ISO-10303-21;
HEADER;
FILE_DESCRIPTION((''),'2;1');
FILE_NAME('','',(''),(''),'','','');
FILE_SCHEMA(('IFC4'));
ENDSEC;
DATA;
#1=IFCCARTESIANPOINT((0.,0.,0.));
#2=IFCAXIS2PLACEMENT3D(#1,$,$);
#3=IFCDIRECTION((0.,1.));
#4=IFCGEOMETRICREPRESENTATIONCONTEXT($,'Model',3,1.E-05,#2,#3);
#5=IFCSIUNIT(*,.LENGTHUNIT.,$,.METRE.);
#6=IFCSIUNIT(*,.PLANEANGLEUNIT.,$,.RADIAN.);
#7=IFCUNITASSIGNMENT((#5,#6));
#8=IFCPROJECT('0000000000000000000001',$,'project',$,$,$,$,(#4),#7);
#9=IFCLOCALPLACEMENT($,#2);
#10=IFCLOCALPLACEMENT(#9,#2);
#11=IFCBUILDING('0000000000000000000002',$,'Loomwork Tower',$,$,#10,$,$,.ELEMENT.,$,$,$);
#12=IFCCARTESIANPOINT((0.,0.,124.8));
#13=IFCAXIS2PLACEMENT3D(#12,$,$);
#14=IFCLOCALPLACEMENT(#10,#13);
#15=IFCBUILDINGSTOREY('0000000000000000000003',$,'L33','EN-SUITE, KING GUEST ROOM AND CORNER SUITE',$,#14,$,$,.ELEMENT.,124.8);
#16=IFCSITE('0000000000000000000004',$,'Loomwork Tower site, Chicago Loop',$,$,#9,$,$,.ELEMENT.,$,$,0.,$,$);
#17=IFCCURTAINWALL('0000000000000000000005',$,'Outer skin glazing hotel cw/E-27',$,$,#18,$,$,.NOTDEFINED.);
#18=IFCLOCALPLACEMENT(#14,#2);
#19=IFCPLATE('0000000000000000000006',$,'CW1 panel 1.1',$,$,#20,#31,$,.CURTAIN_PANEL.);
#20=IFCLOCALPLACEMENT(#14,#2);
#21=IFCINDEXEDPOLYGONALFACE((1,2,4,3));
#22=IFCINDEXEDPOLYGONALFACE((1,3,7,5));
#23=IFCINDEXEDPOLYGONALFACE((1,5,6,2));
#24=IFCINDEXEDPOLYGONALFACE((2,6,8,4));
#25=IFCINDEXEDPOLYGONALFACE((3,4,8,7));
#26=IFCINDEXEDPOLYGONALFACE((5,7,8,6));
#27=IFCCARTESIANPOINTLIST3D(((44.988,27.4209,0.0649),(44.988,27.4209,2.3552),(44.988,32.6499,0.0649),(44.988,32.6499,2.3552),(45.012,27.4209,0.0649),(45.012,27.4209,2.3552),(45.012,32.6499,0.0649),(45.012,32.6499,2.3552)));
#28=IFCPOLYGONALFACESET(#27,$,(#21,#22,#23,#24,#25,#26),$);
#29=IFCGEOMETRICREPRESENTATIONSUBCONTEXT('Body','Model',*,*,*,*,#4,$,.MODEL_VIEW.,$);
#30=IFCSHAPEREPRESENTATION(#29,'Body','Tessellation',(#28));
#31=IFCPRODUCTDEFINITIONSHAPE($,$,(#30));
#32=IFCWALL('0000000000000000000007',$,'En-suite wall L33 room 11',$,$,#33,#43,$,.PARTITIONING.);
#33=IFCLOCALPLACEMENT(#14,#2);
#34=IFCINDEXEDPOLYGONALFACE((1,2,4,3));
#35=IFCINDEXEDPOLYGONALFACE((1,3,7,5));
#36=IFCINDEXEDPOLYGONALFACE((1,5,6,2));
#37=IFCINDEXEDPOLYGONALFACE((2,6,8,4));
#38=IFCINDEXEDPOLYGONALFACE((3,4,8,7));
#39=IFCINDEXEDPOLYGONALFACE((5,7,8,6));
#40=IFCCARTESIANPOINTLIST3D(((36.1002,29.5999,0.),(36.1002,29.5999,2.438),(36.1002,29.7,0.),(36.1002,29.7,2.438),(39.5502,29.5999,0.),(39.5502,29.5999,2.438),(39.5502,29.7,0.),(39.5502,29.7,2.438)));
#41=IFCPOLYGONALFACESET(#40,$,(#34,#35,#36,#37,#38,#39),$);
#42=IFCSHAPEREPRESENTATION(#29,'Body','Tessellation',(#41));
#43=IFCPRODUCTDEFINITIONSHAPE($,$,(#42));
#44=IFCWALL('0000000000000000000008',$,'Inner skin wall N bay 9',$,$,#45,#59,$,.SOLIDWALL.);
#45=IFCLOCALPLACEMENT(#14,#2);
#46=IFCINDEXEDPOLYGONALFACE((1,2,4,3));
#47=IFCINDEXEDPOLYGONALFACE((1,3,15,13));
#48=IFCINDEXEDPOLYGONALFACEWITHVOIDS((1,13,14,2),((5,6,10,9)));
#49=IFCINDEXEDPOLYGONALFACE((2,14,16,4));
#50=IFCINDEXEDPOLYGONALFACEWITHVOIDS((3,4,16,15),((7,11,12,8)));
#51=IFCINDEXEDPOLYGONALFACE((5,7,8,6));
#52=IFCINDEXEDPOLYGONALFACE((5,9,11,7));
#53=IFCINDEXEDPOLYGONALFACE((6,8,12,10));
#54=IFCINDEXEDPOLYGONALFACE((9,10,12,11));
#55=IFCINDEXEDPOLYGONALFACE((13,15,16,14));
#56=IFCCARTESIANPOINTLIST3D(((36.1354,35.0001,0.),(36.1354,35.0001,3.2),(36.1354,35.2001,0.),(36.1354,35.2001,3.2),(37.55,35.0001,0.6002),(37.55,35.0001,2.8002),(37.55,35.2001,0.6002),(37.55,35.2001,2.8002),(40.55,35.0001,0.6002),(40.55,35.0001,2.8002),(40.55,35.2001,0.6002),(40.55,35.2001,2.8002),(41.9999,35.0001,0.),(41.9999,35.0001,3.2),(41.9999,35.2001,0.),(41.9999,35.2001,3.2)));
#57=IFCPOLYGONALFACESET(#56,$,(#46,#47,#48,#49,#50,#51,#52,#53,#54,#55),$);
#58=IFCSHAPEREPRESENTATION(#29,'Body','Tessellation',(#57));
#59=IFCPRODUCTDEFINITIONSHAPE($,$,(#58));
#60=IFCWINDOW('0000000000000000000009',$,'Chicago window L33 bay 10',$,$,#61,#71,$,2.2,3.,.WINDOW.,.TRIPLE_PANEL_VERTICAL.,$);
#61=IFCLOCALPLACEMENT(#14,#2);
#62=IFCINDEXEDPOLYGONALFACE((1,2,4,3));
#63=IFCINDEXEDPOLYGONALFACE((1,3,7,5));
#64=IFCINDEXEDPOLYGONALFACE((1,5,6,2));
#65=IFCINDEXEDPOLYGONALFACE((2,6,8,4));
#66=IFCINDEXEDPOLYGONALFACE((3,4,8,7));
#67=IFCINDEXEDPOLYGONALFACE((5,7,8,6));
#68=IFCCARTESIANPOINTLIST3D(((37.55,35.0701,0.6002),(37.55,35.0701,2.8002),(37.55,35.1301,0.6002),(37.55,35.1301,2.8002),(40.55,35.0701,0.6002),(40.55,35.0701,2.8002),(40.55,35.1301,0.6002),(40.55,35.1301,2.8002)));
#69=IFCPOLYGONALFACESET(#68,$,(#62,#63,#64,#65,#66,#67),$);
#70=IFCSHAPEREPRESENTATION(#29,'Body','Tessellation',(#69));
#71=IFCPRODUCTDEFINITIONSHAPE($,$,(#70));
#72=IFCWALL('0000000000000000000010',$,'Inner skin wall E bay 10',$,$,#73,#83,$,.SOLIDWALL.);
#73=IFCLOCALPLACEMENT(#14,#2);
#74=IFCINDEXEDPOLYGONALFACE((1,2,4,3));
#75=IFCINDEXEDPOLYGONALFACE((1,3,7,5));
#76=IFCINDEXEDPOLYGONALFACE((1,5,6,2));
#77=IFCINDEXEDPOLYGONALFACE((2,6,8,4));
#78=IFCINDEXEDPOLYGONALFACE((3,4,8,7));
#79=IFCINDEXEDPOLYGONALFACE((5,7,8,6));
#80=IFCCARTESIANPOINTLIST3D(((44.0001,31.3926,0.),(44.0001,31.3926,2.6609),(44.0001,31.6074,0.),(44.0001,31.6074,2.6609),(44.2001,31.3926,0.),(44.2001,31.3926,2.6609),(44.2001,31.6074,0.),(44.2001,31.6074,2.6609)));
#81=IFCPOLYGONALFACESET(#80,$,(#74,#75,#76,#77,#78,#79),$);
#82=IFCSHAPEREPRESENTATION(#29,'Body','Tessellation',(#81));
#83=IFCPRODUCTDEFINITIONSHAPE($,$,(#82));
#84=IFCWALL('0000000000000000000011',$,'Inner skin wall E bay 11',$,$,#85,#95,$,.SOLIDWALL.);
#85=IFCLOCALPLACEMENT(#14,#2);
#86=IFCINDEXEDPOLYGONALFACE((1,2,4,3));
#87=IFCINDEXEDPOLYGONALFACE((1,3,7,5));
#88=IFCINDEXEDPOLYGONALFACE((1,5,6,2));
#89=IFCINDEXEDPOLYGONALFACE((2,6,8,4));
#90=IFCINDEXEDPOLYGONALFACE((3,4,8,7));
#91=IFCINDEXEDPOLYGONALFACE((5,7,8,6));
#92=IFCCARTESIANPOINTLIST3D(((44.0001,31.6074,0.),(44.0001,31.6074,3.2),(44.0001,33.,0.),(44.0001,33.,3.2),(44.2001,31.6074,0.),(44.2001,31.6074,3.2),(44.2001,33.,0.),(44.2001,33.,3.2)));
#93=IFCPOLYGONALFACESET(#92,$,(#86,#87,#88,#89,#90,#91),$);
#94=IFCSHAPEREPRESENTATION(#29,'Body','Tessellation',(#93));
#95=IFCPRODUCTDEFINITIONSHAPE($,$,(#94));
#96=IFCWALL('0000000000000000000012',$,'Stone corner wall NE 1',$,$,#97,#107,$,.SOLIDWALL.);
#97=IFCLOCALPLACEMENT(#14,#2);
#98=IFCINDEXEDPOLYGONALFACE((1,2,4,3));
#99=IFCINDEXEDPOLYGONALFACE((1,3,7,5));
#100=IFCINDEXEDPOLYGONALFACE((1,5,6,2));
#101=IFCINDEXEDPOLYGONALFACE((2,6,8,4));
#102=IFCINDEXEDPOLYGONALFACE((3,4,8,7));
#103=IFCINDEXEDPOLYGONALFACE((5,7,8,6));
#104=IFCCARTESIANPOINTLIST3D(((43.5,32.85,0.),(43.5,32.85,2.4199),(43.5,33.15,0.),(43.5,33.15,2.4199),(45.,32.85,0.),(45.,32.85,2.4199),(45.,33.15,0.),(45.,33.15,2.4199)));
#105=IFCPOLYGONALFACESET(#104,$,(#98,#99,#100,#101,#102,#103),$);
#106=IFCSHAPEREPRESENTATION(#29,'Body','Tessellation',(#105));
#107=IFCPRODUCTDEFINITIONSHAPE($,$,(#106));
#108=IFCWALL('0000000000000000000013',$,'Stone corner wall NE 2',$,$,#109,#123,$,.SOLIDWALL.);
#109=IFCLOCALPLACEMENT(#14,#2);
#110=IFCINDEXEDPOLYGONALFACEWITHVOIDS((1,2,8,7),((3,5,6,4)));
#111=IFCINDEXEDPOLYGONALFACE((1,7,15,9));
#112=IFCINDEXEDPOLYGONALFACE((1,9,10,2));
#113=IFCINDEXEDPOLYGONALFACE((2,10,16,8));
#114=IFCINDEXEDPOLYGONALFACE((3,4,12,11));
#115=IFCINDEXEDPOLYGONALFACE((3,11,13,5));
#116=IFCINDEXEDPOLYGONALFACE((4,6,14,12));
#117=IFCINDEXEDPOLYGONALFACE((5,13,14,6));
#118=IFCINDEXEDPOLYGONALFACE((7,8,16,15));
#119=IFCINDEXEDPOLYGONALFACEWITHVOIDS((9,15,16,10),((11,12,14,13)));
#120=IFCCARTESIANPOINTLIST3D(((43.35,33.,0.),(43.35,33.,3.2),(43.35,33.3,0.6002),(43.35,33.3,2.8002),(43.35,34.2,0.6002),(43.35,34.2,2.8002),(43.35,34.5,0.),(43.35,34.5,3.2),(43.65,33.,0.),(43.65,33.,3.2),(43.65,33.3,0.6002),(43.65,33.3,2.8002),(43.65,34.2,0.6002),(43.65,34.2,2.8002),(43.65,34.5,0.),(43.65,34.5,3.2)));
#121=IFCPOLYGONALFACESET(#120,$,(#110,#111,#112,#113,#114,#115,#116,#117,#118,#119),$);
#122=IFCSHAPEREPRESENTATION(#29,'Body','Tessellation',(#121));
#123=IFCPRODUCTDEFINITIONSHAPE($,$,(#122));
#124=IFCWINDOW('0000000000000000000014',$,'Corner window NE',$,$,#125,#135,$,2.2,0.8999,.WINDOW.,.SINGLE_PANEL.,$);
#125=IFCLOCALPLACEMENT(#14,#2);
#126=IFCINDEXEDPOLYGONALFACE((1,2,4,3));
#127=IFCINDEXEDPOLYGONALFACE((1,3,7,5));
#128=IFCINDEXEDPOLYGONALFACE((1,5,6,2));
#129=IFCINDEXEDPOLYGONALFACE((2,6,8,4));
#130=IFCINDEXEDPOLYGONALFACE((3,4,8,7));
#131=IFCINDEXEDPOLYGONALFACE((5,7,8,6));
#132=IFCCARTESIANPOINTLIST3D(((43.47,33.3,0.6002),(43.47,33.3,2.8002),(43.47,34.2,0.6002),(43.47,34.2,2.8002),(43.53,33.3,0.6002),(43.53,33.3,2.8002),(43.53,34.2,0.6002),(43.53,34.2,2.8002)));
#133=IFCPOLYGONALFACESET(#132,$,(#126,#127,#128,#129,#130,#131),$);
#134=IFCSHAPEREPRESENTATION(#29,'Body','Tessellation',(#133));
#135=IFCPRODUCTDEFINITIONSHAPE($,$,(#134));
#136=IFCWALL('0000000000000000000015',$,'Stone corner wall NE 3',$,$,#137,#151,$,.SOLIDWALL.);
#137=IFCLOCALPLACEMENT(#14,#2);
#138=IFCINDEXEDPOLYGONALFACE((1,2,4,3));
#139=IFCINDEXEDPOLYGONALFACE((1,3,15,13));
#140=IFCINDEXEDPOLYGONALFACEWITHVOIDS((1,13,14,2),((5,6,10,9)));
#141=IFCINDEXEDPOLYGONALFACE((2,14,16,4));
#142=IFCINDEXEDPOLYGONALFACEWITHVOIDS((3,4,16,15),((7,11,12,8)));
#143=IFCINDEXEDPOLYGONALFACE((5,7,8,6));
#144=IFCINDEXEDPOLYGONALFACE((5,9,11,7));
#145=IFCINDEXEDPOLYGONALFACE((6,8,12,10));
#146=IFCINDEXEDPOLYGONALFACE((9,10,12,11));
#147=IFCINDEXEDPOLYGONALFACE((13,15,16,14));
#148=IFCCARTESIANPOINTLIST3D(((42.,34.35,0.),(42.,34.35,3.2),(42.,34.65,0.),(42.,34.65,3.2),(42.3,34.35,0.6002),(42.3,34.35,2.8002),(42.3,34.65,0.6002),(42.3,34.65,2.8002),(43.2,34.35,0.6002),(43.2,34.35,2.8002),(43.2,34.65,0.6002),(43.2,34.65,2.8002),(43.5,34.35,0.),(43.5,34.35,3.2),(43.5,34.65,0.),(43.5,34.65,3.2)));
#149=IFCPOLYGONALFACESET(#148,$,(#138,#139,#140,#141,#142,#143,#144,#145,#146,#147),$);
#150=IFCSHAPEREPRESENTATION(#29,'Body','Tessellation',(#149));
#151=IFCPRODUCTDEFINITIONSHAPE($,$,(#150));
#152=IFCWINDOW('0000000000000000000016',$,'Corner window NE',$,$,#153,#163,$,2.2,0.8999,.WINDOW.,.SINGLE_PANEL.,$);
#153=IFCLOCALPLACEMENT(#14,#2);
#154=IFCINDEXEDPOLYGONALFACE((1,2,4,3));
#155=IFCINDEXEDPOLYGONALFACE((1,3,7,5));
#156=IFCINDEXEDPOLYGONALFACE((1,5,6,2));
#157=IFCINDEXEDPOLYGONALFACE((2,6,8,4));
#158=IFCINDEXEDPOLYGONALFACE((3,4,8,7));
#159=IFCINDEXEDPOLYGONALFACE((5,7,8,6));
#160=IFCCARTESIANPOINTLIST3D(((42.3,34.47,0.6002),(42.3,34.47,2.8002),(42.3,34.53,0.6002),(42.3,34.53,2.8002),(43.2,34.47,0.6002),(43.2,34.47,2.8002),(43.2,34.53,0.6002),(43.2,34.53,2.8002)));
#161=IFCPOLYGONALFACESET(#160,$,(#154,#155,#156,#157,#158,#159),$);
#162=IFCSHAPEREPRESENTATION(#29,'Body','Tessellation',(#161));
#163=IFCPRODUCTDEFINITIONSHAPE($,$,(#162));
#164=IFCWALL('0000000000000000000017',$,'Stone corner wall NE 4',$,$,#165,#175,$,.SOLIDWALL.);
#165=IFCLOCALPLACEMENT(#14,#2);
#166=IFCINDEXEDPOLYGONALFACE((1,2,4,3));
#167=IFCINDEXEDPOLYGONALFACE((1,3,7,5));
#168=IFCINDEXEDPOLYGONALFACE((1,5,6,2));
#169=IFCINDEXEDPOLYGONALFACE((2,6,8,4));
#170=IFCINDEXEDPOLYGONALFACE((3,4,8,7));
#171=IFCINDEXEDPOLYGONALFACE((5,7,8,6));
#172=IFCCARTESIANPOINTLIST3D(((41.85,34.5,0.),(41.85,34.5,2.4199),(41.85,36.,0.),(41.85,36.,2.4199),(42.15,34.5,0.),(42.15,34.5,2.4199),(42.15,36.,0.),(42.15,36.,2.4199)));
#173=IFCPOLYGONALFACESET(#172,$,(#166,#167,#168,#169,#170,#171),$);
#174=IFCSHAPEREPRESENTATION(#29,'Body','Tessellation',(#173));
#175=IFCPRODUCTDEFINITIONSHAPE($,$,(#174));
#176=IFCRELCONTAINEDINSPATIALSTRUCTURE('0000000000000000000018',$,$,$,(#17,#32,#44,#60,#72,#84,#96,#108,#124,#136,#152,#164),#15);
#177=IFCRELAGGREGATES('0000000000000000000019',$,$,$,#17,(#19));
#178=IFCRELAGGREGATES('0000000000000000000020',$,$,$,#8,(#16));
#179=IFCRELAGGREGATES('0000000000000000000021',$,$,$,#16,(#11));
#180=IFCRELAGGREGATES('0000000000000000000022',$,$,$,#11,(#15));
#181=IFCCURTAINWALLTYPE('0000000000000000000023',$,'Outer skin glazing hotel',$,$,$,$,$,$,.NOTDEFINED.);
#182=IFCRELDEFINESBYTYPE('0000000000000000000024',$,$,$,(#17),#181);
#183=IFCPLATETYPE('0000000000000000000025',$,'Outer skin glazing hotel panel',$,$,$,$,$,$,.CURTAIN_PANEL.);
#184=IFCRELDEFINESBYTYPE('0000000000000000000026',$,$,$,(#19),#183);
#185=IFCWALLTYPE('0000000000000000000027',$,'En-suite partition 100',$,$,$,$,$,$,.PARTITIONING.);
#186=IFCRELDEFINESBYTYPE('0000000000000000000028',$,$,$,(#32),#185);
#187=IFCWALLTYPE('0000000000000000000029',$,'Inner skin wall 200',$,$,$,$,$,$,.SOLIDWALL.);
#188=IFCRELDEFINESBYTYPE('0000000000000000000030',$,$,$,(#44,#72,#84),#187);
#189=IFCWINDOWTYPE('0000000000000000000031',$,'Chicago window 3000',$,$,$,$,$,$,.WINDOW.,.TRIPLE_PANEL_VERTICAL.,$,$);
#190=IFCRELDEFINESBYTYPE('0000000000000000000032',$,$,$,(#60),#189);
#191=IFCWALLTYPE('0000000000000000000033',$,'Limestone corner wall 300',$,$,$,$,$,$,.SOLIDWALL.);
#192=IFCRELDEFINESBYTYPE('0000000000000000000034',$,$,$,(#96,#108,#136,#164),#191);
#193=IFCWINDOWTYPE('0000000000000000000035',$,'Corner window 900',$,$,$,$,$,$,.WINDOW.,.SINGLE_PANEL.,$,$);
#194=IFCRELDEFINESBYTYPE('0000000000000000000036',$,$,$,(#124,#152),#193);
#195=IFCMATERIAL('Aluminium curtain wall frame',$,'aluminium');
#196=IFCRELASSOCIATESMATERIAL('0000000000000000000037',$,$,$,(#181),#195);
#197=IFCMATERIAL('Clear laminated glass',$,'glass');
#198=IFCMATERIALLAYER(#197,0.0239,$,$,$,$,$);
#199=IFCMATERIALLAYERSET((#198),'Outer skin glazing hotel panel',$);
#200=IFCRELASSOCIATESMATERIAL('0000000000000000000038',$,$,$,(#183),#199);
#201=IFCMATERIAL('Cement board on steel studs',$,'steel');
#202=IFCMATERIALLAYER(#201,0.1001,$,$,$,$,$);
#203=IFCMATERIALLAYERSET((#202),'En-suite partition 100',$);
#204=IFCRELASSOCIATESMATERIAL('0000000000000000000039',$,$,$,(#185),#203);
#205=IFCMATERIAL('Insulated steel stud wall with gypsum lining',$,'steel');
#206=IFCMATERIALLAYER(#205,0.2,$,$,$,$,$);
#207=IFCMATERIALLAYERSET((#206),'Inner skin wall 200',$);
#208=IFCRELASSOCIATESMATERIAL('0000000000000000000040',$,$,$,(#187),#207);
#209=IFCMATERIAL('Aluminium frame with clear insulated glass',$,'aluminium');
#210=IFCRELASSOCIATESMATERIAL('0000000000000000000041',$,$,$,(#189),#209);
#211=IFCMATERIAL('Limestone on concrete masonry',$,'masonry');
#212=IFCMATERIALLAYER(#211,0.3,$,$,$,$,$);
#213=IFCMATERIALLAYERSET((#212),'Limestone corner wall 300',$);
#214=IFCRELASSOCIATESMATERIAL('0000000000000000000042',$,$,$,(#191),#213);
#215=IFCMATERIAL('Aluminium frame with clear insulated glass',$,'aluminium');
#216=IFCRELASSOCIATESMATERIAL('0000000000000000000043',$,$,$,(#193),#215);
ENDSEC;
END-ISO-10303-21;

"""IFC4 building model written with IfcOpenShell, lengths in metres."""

from ifc_helpers import new_model, si_unit, direction, frame, frame_2d, origin, origin_2d, place, context, subcontext, project, spatial, rectangle, extrude, material, layer, layer_set, type_object, element, fill, aggregate, save


model = new_model("IFC4")

# Units and contexts
model_context = context("Model", 3, precision=1e-05, world=origin(), true_north=direction((0.0, 1.0)))
body_context = subcontext(model_context, "Body", "Model", "MODEL_VIEW")
ifc_project = project(units=[si_unit("LENGTHUNIT", "METRE"), si_unit("PLANEANGLEUNIT", "RADIAN")], contexts=[model_context])

# Site, building, storey
site_placement = place(None, origin())
site = spatial("IfcSite", under=ifc_project, at=site_placement, Name="Loomwork Tower site, Chicago Loop", CompositionType="ELEMENT", RefElevation=0.0)
building_placement = place(site_placement, origin())
building = spatial("IfcBuilding", under=site, at=building_placement, Name="Loomwork Tower", CompositionType="ELEMENT")
storey_placement = place(building_placement, frame((0.0, 0.0, 124.8)))
storey = spatial("IfcBuildingStorey", under=building, at=storey_placement, Name="L33", Description="EN-SUITE, KING GUEST ROOM AND CORNER SUITE", CompositionType="ELEMENT", Elevation=124.8)

# Shared definitions
ifc_material_1 = material(Name="Aluminium curtain wall frame", Category="aluminium")
curtain_wall_type = type_object("IfcCurtainWallType", Name="Outer skin glazing hotel", PredefinedType="NOTDEFINED", material=ifc_material_1)

# Curtain wall
curtain_wall_1_placement = place(storey_placement, origin())
curtain_wall_1 = element("IfcCurtainWall", 1, at=curtain_wall_1_placement, inside=storey, type_object=curtain_wall_type, Name="Outer skin glazing hotel cw/E-27", PredefinedType="NOTDEFINED")

# Plate
ifc_material_2 = material(Name="Clear laminated glass", Category="glass")
ifc_layer_1 = layer(ifc_material_2, 0.0239)
ifc_layer_set_1 = layer_set([ifc_layer_1], Name="Outer skin glazing hotel panel")
plate_type = type_object("IfcPlateType", Name="Outer skin glazing hotel panel", PredefinedType="CURTAIN_PANEL", material=ifc_layer_set_1)
plate_1_placement = place(storey_placement, frame((45.0, 30.0354, 0.0649), z_axis=(0.0, 0.0, 1.0), x_axis=(0.0, 1.0, 0.0)))
plate_1 = element("IfcPlate", 2, at=plate_1_placement, type_object=plate_type, Name="CW1 panel 1.1", PredefinedType="CURTAIN_PANEL", context=body_context, shape_type="SweptSolid", body=[
    extrude(rectangle(XDim=5.229, YDim=0.0239, at=origin_2d()), origin(), (0.0, 0.0, 1.0), 2.2903),
])
aggregate(curtain_wall_1, [plate_1])

# Wall
ifc_material_3 = material(Name="Cement board on steel studs", Category="steel")
ifc_layer_2 = layer(ifc_material_3, 0.1001)
ifc_layer_set_2 = layer_set([ifc_layer_2], Name="En-suite partition 100")
wall_type_1 = type_object("IfcWallType", Name="En-suite partition 100", PredefinedType="PARTITIONING", material=ifc_layer_set_2)
wall_1_placement = place(storey_placement, frame((36.1001, 29.6499, 0.0), z_axis=(0.0, 0.0, 1.0), x_axis=(1.0, 0.0, 0.0)))
element("IfcWall", 3, at=wall_1_placement, inside=storey, type_object=wall_type_1, Name="En-suite wall L33 room 11", PredefinedType="PARTITIONING", context=body_context, shape_type="SweptSolid", body=[
    extrude(rectangle(XDim=3.45, YDim=0.1001, at=frame_2d((1.7251, 0.0))), origin(), (0.0, 0.0, 1.0), 2.438),
])

# Wall, opening, window
ifc_material_4 = material(Name="Insulated steel stud wall with gypsum lining", Category="steel")
ifc_layer_3 = layer(ifc_material_4, 0.2)
ifc_layer_set_3 = layer_set([ifc_layer_3], Name="Inner skin wall 200")
wall_type_2 = type_object("IfcWallType", Name="Inner skin wall 200", PredefinedType="SOLIDWALL", material=ifc_layer_set_3)
wall_2_placement = place(storey_placement, frame((36.1355, 35.1001, 0.0), z_axis=(0.0, 0.0, 1.0), x_axis=(1.0, 0.0, 0.0)))
wall_2 = element("IfcWall", 4, at=wall_2_placement, inside=storey, type_object=wall_type_2, Name="Inner skin wall N bay 9", PredefinedType="SOLIDWALL", context=body_context, shape_type="SweptSolid", body=[
    extrude(rectangle(XDim=5.8645, YDim=0.2, at=frame_2d((2.9321, 0.0))), origin(), (0.0, 0.0, 1.0), 3.2),
])
opening_1_placement = place(wall_2_placement, frame((1.4146, 0.0, 0.6001)))
opening_1 = element("IfcOpeningElement", 5, at=opening_1_placement, cuts=wall_2, PredefinedType="OPENING", context=body_context, shape_type="SweptSolid", body=[
    extrude(rectangle(XDim=3.0, YDim=2.2, at=frame_2d((1.5, 1.1001))), frame((0.0, 0.1099, 0.0), z_axis=(0.0, -1.0, 0.0), x_axis=(1.0, 0.0, 0.0)), (0.0, 0.0, 1.0), 0.22),
])
ifc_material_5 = material(Name="Aluminium frame with clear insulated glass", Category="aluminium")
window_type_1 = type_object("IfcWindowType", Name="Chicago window 3000", PartitioningType="TRIPLE_PANEL_VERTICAL", PredefinedType="WINDOW", material=ifc_material_5)
window_1_placement = place(opening_1_placement, origin())
window_1 = element("IfcWindow", 6, at=window_1_placement, inside=storey, type_object=window_type_1, Name="Chicago window L33 bay 10", OverallHeight=2.2, OverallWidth=3.0, PartitioningType="TRIPLE_PANEL_VERTICAL", PredefinedType="WINDOW", context=body_context, shape_type="SweptSolid", body=[
    extrude(rectangle(XDim=3.0, YDim=2.2, at=frame_2d((1.5, 1.1001))), frame((0.0, 0.03, 0.0), z_axis=(0.0, -1.0, 0.0), x_axis=(1.0, 0.0, 0.0)), (0.0, 0.0, 1.0), 0.0601),
])
fill(opening_1, window_1)

# Walls
wall_3_placement = place(storey_placement, frame((44.1001, 31.3926, 0.0), z_axis=(0.0, 0.0, 1.0), x_axis=(0.0, 1.0, 0.0)))
element("IfcWall", 7, at=wall_3_placement, inside=storey, type_object=wall_type_2, Name="Inner skin wall E bay 10", PredefinedType="SOLIDWALL", context=body_context, shape_type="SweptSolid", body=[
    extrude(rectangle(XDim=0.2148, YDim=0.2, at=frame_2d((0.1074, 0.0))), origin(), (0.0, 0.0, 1.0), 2.6609),
])
wall_4_placement = place(storey_placement, frame((44.1001, 31.6074, 0.0), z_axis=(0.0, 0.0, 1.0), x_axis=(0.0, 1.0, 0.0)))
element("IfcWall", 8, at=wall_4_placement, inside=storey, type_object=wall_type_2, Name="Inner skin wall E bay 11", PredefinedType="SOLIDWALL", context=body_context, shape_type="SweptSolid", body=[
    extrude(rectangle(XDim=1.3926, YDim=0.2, at=frame_2d((0.6963, 0.0))), origin(), (0.0, 0.0, 1.0), 3.2),
])
ifc_material_6 = material(Name="Limestone on concrete masonry", Category="masonry")
ifc_layer_4 = layer(ifc_material_6, 0.3)
ifc_layer_set_4 = layer_set([ifc_layer_4], Name="Limestone corner wall 300")
wall_type_3 = type_object("IfcWallType", Name="Limestone corner wall 300", PredefinedType="SOLIDWALL", material=ifc_layer_set_4)
wall_5_placement = place(storey_placement, frame((45.0, 33.0, 0.0), z_axis=(0.0, 0.0, 1.0), x_axis=(-1.0, 0.0, 0.0)))
element("IfcWall", 9, at=wall_5_placement, inside=storey, type_object=wall_type_3, Name="Stone corner wall NE 1", PredefinedType="SOLIDWALL", context=body_context, shape_type="SweptSolid", body=[
    extrude(rectangle(XDim=1.5, YDim=0.3, at=frame_2d((0.75, 0.0))), origin(), (0.0, 0.0, 1.0), 2.4199),
])

# Walls, openings, windows
wall_6_placement = place(storey_placement, frame((43.5, 33.0, 0.0), z_axis=(0.0, 0.0, 1.0), x_axis=(0.0, 1.0, 0.0)))
wall_6 = element("IfcWall", 10, at=wall_6_placement, inside=storey, type_object=wall_type_3, Name="Stone corner wall NE 2", PredefinedType="SOLIDWALL", context=body_context, shape_type="SweptSolid", body=[
    extrude(rectangle(XDim=1.5, YDim=0.3, at=frame_2d((0.75, 0.0))), origin(), (0.0, 0.0, 1.0), 3.2),
])
opening_2_placement = place(wall_6_placement, frame((0.3, 0.0, 0.6001)))
opening_2 = element("IfcOpeningElement", 11, at=opening_2_placement, cuts=wall_6, PredefinedType="OPENING", context=body_context, shape_type="SweptSolid", body=[
    extrude(rectangle(XDim=0.8999, YDim=2.2, at=frame_2d((0.45, 1.1001))), frame((0.0, 0.1599, 0.0), z_axis=(0.0, -1.0, 0.0), x_axis=(1.0, 0.0, 0.0)), (0.0, 0.0, 1.0), 0.3201),
])
ifc_material_7 = material(Name="Aluminium frame with clear insulated glass", Category="aluminium")
window_type_2 = type_object("IfcWindowType", Name="Corner window 900", PartitioningType="SINGLE_PANEL", PredefinedType="WINDOW", material=ifc_material_7)
window_2_placement = place(opening_2_placement, origin())
window_2 = element("IfcWindow", 12, at=window_2_placement, inside=storey, type_object=window_type_2, Name="Corner window NE", OverallHeight=2.2, OverallWidth=0.8999, PartitioningType="SINGLE_PANEL", PredefinedType="WINDOW", context=body_context, shape_type="SweptSolid", body=[
    extrude(rectangle(XDim=0.8999, YDim=2.2, at=frame_2d((0.45, 1.1001))), frame((0.0, 0.03, 0.0), z_axis=(0.0, -1.0, 0.0), x_axis=(1.0, 0.0, 0.0)), (0.0, 0.0, 1.0), 0.0601),
])
fill(opening_2, window_2)
wall_7_placement = place(storey_placement, frame((43.5, 34.5, 0.0), z_axis=(0.0, 0.0, 1.0), x_axis=(-1.0, 0.0, 0.0)))
wall_7 = element("IfcWall", 13, at=wall_7_placement, inside=storey, type_object=wall_type_3, Name="Stone corner wall NE 3", PredefinedType="SOLIDWALL", context=body_context, shape_type="SweptSolid", body=[
    extrude(rectangle(XDim=1.5, YDim=0.3, at=frame_2d((0.75, 0.0))), origin(), (0.0, 0.0, 1.0), 3.2),
])
opening_3_placement = place(wall_7_placement, frame((0.3, 0.0, 0.6001)))
opening_3 = element("IfcOpeningElement", 14, at=opening_3_placement, cuts=wall_7, PredefinedType="OPENING", context=body_context, shape_type="SweptSolid", body=[
    extrude(rectangle(XDim=0.8999, YDim=2.2, at=frame_2d((0.45, 1.1001))), frame((0.0, 0.1599, 0.0), z_axis=(0.0, -1.0, 0.0), x_axis=(1.0, 0.0, 0.0)), (0.0, 0.0, 1.0), 0.3201),
])
window_3_placement = place(opening_3_placement, origin())
window_3 = element("IfcWindow", 15, at=window_3_placement, inside=storey, type_object=window_type_2, Name="Corner window NE", OverallHeight=2.2, OverallWidth=0.8999, PartitioningType="SINGLE_PANEL", PredefinedType="WINDOW", context=body_context, shape_type="SweptSolid", body=[
    extrude(rectangle(XDim=0.8999, YDim=2.2, at=frame_2d((0.45, 1.1001))), frame((0.0, 0.03, 0.0), z_axis=(0.0, -1.0, 0.0), x_axis=(1.0, 0.0, 0.0)), (0.0, 0.0, 1.0), 0.0601),
])
fill(opening_3, window_3)

# Wall
wall_8_placement = place(storey_placement, frame((42.0, 34.5, 0.0), z_axis=(0.0, 0.0, 1.0), x_axis=(0.0, 1.0, 0.0)))
element("IfcWall", 16, at=wall_8_placement, inside=storey, type_object=wall_type_3, Name="Stone corner wall NE 4", PredefinedType="SOLIDWALL", context=body_context, shape_type="SweptSolid", body=[
    extrude(rectangle(XDim=1.5, YDim=0.3, at=frame_2d((0.75, 0.0))), origin(), (0.0, 0.0, 1.0), 2.4199),
])

save(model, "model.ifc")
